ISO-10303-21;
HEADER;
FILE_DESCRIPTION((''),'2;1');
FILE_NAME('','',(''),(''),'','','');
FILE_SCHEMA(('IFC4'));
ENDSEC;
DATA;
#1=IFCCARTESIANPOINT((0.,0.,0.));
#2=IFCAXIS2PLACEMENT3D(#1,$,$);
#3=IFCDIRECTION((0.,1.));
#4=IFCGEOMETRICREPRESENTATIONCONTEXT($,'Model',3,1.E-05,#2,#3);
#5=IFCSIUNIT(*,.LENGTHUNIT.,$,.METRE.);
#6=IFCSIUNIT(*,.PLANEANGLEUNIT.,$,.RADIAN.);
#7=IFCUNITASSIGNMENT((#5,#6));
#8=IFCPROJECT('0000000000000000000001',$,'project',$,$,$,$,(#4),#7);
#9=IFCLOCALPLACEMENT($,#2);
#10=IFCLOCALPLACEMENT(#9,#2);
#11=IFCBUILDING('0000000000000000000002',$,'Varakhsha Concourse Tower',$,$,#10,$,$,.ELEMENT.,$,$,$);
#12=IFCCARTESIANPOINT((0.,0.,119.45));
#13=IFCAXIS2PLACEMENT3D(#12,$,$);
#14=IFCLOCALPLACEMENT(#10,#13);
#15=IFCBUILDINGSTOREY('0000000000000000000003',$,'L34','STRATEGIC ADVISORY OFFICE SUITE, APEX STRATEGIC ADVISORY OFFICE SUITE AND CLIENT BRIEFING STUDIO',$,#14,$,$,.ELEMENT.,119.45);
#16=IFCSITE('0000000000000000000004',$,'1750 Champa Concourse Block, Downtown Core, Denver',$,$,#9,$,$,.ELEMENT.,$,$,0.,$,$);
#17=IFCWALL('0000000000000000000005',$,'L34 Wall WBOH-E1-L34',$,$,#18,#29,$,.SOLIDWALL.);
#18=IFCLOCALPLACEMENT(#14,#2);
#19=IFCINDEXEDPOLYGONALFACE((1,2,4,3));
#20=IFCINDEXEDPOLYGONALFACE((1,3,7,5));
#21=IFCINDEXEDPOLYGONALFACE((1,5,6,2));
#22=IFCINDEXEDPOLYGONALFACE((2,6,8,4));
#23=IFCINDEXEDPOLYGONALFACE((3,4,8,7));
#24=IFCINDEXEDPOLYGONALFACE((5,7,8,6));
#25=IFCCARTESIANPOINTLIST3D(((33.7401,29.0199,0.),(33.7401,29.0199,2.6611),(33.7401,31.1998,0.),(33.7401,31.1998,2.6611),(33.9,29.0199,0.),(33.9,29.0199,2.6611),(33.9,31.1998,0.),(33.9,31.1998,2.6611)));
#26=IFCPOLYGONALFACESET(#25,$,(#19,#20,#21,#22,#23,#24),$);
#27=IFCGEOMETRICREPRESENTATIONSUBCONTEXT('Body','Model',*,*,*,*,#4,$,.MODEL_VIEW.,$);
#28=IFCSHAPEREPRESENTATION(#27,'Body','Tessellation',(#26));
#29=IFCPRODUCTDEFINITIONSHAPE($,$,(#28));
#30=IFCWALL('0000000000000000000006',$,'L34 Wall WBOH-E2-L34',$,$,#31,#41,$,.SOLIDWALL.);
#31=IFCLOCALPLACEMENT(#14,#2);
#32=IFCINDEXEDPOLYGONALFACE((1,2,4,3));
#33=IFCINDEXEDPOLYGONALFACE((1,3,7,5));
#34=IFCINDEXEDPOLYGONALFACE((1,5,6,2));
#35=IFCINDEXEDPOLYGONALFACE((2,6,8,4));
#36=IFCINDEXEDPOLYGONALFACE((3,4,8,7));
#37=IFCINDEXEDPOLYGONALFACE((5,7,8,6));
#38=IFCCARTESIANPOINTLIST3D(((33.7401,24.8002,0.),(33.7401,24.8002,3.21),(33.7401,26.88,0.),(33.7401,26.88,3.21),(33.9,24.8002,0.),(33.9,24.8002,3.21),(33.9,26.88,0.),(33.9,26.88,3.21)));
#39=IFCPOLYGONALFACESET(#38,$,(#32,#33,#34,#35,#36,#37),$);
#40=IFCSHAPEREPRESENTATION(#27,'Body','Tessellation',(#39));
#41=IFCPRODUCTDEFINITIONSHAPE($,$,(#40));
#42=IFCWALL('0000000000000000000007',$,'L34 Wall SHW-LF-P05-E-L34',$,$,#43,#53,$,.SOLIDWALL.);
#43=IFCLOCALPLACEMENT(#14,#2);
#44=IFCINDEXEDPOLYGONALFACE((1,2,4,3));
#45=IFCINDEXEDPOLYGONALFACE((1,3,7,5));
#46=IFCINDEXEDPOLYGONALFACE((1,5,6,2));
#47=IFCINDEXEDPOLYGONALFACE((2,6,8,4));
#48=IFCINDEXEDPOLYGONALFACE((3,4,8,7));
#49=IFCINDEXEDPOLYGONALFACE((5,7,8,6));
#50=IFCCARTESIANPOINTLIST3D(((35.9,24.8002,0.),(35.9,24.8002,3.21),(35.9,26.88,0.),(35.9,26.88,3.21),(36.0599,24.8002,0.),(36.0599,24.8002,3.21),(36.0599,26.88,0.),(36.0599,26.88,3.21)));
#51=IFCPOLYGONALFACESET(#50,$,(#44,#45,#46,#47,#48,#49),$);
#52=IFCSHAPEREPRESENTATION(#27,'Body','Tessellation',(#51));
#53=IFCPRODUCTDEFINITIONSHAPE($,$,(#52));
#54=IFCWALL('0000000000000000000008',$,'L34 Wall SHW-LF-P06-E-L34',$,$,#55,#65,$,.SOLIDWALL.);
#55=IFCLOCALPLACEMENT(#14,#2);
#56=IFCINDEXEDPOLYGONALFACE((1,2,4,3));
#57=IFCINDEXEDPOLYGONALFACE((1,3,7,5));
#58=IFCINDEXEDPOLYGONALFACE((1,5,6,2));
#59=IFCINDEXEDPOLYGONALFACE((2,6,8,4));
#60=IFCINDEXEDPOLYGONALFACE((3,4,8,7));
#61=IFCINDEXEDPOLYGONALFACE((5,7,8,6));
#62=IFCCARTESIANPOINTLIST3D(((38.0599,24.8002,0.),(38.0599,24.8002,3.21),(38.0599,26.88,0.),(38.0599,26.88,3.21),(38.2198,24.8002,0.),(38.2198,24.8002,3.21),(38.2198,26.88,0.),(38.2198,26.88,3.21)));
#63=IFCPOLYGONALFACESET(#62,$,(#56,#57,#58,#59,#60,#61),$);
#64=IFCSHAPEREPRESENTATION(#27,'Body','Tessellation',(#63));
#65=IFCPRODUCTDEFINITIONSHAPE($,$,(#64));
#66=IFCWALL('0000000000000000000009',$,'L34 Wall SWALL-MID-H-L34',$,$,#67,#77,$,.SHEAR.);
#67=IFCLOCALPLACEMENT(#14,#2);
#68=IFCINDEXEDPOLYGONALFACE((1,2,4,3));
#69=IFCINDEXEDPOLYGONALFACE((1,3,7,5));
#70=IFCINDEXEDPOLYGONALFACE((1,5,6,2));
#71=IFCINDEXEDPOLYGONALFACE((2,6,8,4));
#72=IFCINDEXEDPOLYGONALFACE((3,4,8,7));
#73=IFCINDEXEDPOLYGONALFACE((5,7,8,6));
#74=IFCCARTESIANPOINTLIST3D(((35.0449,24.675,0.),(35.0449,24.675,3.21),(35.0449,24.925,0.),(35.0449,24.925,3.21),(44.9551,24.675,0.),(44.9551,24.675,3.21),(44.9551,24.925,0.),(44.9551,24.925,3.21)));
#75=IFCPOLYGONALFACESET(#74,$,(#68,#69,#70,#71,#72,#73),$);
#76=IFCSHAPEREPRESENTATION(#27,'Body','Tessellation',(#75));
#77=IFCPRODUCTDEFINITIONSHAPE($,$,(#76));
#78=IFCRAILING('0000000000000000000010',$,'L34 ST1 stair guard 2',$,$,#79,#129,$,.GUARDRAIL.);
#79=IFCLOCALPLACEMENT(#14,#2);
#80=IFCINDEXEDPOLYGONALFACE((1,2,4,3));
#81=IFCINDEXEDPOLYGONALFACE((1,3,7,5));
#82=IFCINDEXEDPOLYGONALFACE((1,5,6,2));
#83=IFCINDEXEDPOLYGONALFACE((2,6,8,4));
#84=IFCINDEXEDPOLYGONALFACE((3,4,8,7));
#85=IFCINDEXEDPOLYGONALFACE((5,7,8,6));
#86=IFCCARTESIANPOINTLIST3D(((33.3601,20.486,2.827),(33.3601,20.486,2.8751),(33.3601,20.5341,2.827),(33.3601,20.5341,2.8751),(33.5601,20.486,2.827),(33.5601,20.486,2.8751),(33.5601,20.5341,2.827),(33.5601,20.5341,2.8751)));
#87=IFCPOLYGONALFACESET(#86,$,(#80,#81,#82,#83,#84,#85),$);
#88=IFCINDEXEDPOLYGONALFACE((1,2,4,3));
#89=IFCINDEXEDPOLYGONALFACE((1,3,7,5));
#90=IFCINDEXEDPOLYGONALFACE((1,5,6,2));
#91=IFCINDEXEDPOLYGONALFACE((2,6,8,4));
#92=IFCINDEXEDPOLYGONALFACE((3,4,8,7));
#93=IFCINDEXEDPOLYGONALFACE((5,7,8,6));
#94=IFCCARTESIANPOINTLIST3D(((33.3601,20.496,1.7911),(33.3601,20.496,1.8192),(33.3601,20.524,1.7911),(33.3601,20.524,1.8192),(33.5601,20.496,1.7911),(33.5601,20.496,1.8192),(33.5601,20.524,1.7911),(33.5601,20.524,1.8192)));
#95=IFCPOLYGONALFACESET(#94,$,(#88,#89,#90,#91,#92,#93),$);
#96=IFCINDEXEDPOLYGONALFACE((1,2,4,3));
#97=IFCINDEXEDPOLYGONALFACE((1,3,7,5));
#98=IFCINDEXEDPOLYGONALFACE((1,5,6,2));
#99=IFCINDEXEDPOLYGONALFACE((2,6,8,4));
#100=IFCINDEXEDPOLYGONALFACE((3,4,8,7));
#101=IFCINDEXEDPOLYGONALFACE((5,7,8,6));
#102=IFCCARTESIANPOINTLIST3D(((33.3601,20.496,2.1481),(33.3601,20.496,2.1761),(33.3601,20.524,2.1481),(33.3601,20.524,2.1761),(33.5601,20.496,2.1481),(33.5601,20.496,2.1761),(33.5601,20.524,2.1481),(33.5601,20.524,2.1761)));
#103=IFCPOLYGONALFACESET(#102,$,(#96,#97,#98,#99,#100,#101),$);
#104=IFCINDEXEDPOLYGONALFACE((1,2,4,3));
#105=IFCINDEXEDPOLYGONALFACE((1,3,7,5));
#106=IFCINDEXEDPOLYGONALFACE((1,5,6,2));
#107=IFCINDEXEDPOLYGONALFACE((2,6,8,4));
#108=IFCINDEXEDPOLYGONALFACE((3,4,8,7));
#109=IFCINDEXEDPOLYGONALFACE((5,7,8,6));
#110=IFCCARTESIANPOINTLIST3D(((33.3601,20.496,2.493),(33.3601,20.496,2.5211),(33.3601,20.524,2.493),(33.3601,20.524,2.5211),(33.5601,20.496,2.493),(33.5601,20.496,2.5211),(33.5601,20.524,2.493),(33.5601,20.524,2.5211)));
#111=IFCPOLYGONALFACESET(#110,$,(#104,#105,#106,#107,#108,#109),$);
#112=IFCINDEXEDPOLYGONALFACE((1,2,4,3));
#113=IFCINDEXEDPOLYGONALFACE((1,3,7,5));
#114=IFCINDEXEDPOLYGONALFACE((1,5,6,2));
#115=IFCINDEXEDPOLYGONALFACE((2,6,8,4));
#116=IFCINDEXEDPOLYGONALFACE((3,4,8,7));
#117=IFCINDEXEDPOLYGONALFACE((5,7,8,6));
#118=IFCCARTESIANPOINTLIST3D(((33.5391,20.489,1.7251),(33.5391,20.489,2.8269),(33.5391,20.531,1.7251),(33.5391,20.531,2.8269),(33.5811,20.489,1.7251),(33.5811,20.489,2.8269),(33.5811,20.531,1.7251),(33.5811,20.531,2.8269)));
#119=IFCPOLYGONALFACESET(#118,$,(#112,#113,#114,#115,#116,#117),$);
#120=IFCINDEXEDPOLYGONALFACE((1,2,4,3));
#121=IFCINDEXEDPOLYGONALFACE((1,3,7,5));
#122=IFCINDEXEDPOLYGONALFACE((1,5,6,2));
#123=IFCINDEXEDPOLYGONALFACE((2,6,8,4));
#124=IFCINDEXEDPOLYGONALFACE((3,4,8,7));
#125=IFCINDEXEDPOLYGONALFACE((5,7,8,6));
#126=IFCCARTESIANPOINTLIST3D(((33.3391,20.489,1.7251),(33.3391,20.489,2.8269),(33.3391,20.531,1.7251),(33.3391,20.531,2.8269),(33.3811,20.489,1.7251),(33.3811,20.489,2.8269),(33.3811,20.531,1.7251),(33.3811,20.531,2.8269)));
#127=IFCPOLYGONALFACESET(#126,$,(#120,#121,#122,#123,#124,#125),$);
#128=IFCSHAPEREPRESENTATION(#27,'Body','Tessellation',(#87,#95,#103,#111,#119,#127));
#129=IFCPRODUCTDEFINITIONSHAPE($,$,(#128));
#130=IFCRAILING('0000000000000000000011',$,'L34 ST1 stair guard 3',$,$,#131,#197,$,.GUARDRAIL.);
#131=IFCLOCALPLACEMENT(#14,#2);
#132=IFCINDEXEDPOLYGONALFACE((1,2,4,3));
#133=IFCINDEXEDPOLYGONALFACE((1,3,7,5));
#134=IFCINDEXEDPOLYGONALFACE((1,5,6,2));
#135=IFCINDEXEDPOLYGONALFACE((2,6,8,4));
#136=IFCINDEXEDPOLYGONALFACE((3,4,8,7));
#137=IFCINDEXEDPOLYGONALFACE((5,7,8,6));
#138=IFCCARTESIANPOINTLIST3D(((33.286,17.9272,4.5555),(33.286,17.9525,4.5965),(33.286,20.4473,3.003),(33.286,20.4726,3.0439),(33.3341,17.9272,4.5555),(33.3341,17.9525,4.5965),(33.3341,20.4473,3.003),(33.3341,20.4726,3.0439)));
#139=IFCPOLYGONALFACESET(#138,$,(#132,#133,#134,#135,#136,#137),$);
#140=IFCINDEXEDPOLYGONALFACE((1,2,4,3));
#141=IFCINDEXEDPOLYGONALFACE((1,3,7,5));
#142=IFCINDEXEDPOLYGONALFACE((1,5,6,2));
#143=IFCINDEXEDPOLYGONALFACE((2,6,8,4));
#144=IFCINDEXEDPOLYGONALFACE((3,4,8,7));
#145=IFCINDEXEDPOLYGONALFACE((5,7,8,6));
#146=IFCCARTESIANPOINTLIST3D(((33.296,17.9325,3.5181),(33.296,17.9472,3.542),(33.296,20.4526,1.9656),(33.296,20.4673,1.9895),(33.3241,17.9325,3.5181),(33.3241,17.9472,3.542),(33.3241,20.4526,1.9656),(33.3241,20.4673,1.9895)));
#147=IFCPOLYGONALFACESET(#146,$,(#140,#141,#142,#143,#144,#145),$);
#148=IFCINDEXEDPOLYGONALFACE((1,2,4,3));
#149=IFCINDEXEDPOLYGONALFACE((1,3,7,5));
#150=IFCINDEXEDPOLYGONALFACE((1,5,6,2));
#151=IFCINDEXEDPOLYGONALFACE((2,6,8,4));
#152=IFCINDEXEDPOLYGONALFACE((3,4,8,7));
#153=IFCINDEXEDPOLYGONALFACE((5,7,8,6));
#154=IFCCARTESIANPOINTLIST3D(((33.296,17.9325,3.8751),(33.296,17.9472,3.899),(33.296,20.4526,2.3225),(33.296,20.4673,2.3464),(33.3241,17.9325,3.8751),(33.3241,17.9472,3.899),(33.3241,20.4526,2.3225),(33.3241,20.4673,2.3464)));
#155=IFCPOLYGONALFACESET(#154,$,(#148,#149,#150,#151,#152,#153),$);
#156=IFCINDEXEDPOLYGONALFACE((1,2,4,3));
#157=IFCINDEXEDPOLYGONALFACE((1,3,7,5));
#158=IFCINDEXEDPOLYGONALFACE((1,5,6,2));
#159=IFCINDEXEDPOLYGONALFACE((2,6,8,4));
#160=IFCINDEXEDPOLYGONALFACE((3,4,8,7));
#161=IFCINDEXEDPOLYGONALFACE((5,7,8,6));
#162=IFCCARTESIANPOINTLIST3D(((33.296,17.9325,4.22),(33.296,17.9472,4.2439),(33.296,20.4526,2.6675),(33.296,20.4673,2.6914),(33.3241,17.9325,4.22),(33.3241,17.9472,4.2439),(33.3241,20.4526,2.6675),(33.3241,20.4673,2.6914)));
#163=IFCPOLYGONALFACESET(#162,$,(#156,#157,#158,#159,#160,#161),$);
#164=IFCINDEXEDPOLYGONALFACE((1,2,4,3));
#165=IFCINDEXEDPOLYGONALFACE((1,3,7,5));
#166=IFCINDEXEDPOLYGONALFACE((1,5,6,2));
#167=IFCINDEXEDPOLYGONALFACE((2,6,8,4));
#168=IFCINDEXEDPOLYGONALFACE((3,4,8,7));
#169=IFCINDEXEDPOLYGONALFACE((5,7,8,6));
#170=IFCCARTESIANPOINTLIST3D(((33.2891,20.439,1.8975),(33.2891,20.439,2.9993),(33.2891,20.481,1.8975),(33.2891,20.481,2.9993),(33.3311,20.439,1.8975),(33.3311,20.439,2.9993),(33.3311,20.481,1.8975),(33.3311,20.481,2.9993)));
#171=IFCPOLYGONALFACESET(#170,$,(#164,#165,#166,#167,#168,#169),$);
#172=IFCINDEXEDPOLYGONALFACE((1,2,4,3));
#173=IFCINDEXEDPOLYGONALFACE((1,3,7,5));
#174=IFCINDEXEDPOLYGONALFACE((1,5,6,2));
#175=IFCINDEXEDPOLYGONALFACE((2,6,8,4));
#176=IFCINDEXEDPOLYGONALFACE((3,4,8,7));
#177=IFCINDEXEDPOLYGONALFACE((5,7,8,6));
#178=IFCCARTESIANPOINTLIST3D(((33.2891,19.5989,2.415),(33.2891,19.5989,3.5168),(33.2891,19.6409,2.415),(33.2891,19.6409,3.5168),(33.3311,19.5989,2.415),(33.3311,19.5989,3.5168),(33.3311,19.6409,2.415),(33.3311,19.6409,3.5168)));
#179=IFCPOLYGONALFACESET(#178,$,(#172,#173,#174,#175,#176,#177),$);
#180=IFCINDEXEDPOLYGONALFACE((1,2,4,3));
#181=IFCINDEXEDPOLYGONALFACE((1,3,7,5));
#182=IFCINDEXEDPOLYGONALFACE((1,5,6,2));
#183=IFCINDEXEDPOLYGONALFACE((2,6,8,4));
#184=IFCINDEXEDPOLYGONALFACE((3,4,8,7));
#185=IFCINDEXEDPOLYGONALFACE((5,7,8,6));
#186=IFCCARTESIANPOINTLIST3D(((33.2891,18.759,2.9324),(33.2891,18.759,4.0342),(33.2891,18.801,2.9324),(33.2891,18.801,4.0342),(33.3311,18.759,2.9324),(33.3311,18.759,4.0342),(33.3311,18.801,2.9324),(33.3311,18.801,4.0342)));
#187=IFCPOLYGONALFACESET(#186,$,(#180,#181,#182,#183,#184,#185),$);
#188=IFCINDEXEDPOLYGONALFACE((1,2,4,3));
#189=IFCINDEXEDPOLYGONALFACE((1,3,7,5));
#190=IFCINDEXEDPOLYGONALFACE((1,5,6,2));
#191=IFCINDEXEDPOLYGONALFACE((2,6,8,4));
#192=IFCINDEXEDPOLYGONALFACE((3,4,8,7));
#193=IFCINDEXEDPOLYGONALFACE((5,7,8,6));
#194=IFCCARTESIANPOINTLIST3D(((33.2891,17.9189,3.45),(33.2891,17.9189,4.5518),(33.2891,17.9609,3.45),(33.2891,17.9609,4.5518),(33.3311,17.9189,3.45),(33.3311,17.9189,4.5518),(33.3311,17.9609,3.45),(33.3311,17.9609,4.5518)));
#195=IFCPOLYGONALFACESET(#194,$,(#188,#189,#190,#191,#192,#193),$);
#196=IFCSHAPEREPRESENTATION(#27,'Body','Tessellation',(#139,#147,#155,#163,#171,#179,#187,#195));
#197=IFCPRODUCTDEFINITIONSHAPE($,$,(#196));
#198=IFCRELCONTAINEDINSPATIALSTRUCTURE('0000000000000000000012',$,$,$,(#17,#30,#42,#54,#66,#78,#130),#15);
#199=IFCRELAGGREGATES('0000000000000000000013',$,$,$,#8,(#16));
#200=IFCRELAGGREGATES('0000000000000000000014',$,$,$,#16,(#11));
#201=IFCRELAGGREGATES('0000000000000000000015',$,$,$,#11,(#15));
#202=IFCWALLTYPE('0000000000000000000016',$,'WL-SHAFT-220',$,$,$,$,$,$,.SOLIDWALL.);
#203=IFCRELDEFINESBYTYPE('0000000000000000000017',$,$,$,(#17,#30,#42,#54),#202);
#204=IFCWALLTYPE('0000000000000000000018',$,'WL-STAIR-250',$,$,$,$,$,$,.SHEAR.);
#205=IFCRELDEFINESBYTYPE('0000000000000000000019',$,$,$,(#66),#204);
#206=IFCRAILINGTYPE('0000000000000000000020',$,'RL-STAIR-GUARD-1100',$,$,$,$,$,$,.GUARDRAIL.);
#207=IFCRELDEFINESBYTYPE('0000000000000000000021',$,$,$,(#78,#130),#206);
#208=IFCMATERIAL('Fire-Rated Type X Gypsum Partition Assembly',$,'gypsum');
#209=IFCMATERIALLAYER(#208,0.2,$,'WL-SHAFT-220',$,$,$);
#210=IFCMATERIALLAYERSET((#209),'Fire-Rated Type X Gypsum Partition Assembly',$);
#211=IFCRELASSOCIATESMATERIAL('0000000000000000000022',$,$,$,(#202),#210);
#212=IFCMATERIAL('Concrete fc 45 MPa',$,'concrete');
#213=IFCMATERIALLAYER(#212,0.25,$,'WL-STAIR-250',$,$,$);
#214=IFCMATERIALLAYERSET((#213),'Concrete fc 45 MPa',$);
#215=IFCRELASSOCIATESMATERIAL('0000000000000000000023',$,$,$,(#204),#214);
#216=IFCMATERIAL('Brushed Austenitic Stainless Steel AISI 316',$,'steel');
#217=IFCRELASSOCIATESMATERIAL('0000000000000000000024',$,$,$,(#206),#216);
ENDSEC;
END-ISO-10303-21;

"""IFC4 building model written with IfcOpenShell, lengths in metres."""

from ifc_helpers import new_model, si_unit, direction, frame, frame_2d, origin, origin_2d, place, context, subcontext, project, spatial, rectangle, extrude, material, layer, layer_set, type_object, element, save


model = new_model("IFC4")

# Units and contexts
model_context = context("Model", 3, precision=1e-05, world=origin(), true_north=direction((0.0, 1.0)))
body_context = subcontext(model_context, "Body", "Model", "MODEL_VIEW")
ifc_project = project(units=[si_unit("LENGTHUNIT", "METRE"), si_unit("PLANEANGLEUNIT", "RADIAN")], contexts=[model_context])

# Site, building, storey
site_placement = place(None, origin())
site = spatial("IfcSite", under=ifc_project, at=site_placement, Name="1750 Champa Concourse Block, Downtown Core, Denver", CompositionType="ELEMENT", RefElevation=0.0)
building_placement = place(site_placement, origin())
building = spatial("IfcBuilding", under=site, at=building_placement, Name="Varakhsha Concourse Tower", CompositionType="ELEMENT")
storey_placement = place(building_placement, frame((0.0, 0.0, 119.45)))
storey = spatial("IfcBuildingStorey", under=building, at=storey_placement, Name="L34", Description="STRATEGIC ADVISORY OFFICE SUITE, APEX STRATEGIC ADVISORY OFFICE SUITE AND CLIENT BRIEFING STUDIO", CompositionType="ELEMENT", Elevation=119.45)

# Shared definitions
ifc_material_1 = material(Name="Fire-Rated Type X Gypsum Partition Assembly", Category="gypsum")
ifc_layer_1 = layer(ifc_material_1, 0.2, Name="WL-SHAFT-220")
ifc_layer_set_1 = layer_set([ifc_layer_1], Name="Fire-Rated Type X Gypsum Partition Assembly")
wall_type_1 = type_object("IfcWallType", Name="WL-SHAFT-220", PredefinedType="SOLIDWALL", material=ifc_layer_set_1)
ifc_material_2 = material(Name="Brushed Austenitic Stainless Steel AISI 316", Category="steel")

# Walls
wall_1_placement = place(storey_placement, frame((33.8201, 29.02, 0.0), z_axis=(0.0, 0.0, 1.0), x_axis=(0.0, 1.0, 0.0)))
element("IfcWall", 1, at=wall_1_placement, inside=storey, type_object=wall_type_1, Name="L34 Wall WBOH-E1-L34", PredefinedType="SOLIDWALL", context=body_context, shape_type="SweptSolid", body=[
    extrude(rectangle(XDim=2.1799, YDim=0.1599, at=frame_2d((1.0898, 0.0))), origin(), (0.0, 0.0, 1.0), 2.6611),
])
for number, where, z_axis, x_axis, name in (
    (2, (33.8201, 24.8, 0.0), (0.0, 0.0, 1.0), (0.0, 1.0, 0.0), "L34 Wall WBOH-E2-L34"),
    (3, (35.98, 24.8, 0.0), (0.0, 0.0, 1.0), (0.0, 1.0, 0.0), "L34 Wall SHW-LF-P05-E-L34"),
    (4, (38.1399, 24.8, 0.0), (0.0, 0.0, 1.0), (0.0, 1.0, 0.0), "L34 Wall SHW-LF-P06-E-L34"),
):
    element("IfcWall", number, at=place(storey_placement, frame(where, z_axis=z_axis, x_axis=x_axis)), inside=storey, type_object=wall_type_1, Name=name, PredefinedType="SOLIDWALL", context=body_context, shape_type="SweptSolid", body=[
        extrude(rectangle(XDim=2.0798, YDim=0.1599, at=frame_2d((1.04, 0.0))), origin(), (0.0, 0.0, 1.0), 3.21),
    ])
ifc_material_3 = material(Name="Concrete fc 45 MPa", Category="concrete")
ifc_layer_2 = layer(ifc_material_3, 0.25, Name="WL-STAIR-250")
ifc_layer_set_2 = layer_set([ifc_layer_2], Name="Concrete fc 45 MPa")
wall_type_2 = type_object("IfcWallType", Name="WL-STAIR-250", PredefinedType="SHEAR", material=ifc_layer_set_2)
wall_2_placement = place(storey_placement, frame((35.0449, 24.8, 0.0), z_axis=(0.0, 0.0, 1.0), x_axis=(1.0, 0.0, 0.0)))
element("IfcWall", 5, at=wall_2_placement, inside=storey, type_object=wall_type_2, Name="L34 Wall SWALL-MID-H-L34", PredefinedType="SHEAR", context=body_context, shape_type="SweptSolid", body=[
    extrude(rectangle(XDim=9.9102, YDim=0.25, at=frame_2d((4.9551, 0.0))), origin(), (0.0, 0.0, 1.0), 3.21),
])

# Railings
railing_type = type_object("IfcRailingType", Name="RL-STAIR-GUARD-1100", PredefinedType="GUARDRAIL", material=ifc_material_2)
railing_1_placement = place(storey_placement, frame((33.5601, 20.51, 1.7251)))
element("IfcRailing", 6, at=railing_1_placement, inside=storey, type_object=railing_type, Name="L34 ST1 stair guard 2", PredefinedType="GUARDRAIL", context=body_context, shape_type="SweptSolid", body=[
    extrude(rectangle(XDim=0.0481, YDim=0.0481, at=origin_2d()), frame((0.0, 0.0, 1.126), z_axis=(-1.0, 0.0, 0.0), x_axis=(0.0, -1.0, 0.0)), (0.0, 0.0, 1.0), 0.2),
    extrude(rectangle(XDim=0.0281, YDim=0.0281, at=origin_2d()), frame((0.0, 0.0, 0.0801), z_axis=(-1.0, 0.0, 0.0), x_axis=(0.0, -1.0, 0.0)), (0.0, 0.0, 1.0), 0.2),
    extrude(rectangle(XDim=0.0281, YDim=0.0281, at=origin_2d()), frame((0.0, 0.0, 0.437), z_axis=(-1.0, 0.0, 0.0), x_axis=(0.0, -1.0, 0.0)), (0.0, 0.0, 1.0), 0.2),
    extrude(rectangle(XDim=0.0281, YDim=0.0281, at=origin_2d()), frame((0.0, 0.0, 0.782), z_axis=(-1.0, 0.0, 0.0), x_axis=(0.0, -1.0, 0.0)), (0.0, 0.0, 1.0), 0.2),
    extrude(rectangle(XDim=0.042, YDim=0.042, at=origin_2d()), origin(), (0.0, 0.0, 1.0), 1.1018),
    extrude(rectangle(XDim=0.042, YDim=0.042, at=origin_2d()), frame((-0.2, 0.0, 0.0)), (0.0, 0.0, 1.0), 1.1018),
])
railing_2_placement = place(storey_placement, frame((33.3101, 20.46, 1.8975)))
element("IfcRailing", 7, at=railing_2_placement, inside=storey, type_object=railing_type, Name="L34 ST1 stair guard 3", PredefinedType="GUARDRAIL", context=body_context, shape_type="SweptSolid", body=[
    extrude(rectangle(XDim=0.0481, YDim=0.0481, at=origin_2d()), frame((0.0, 0.0, 1.126), z_axis=(0.0, -0.8514, 0.524516), x_axis=(1.0, 0.0, 0.0)), (0.0, 0.0, 1.0), 2.96),
    extrude(rectangle(XDim=0.0281, YDim=0.0281, at=origin_2d()), frame((0.0, 0.0, 0.0801), z_axis=(0.0, -0.8514, 0.524516), x_axis=(1.0, 0.0, 0.0)), (0.0, 0.0, 1.0), 2.96),
    extrude(rectangle(XDim=0.0281, YDim=0.0281, at=origin_2d()), frame((0.0, 0.0, 0.437), z_axis=(0.0, -0.8514, 0.524516), x_axis=(1.0, 0.0, 0.0)), (0.0, 0.0, 1.0), 2.96),
    extrude(rectangle(XDim=0.0281, YDim=0.0281, at=origin_2d()), frame((0.0, 0.0, 0.782), z_axis=(0.0, -0.8514, 0.524516), x_axis=(1.0, 0.0, 0.0)), (0.0, 0.0, 1.0), 2.96),
    extrude(rectangle(XDim=0.042, YDim=0.042, at=origin_2d()), origin(), (0.0, 0.0, 1.0), 1.1018),
    extrude(rectangle(XDim=0.042, YDim=0.042, at=origin_2d()), frame((0.0, -0.8401, 0.5176)), (0.0, 0.0, 1.0), 1.1018),
    extrude(rectangle(XDim=0.042, YDim=0.042, at=origin_2d()), frame((0.0, -1.6799, 1.0349)), (0.0, 0.0, 1.0), 1.1018),
    extrude(rectangle(XDim=0.042, YDim=0.042, at=origin_2d()), frame((0.0, -2.52, 1.5525)), (0.0, 0.0, 1.0), 1.1018),
])

save(model, "model.ifc")
